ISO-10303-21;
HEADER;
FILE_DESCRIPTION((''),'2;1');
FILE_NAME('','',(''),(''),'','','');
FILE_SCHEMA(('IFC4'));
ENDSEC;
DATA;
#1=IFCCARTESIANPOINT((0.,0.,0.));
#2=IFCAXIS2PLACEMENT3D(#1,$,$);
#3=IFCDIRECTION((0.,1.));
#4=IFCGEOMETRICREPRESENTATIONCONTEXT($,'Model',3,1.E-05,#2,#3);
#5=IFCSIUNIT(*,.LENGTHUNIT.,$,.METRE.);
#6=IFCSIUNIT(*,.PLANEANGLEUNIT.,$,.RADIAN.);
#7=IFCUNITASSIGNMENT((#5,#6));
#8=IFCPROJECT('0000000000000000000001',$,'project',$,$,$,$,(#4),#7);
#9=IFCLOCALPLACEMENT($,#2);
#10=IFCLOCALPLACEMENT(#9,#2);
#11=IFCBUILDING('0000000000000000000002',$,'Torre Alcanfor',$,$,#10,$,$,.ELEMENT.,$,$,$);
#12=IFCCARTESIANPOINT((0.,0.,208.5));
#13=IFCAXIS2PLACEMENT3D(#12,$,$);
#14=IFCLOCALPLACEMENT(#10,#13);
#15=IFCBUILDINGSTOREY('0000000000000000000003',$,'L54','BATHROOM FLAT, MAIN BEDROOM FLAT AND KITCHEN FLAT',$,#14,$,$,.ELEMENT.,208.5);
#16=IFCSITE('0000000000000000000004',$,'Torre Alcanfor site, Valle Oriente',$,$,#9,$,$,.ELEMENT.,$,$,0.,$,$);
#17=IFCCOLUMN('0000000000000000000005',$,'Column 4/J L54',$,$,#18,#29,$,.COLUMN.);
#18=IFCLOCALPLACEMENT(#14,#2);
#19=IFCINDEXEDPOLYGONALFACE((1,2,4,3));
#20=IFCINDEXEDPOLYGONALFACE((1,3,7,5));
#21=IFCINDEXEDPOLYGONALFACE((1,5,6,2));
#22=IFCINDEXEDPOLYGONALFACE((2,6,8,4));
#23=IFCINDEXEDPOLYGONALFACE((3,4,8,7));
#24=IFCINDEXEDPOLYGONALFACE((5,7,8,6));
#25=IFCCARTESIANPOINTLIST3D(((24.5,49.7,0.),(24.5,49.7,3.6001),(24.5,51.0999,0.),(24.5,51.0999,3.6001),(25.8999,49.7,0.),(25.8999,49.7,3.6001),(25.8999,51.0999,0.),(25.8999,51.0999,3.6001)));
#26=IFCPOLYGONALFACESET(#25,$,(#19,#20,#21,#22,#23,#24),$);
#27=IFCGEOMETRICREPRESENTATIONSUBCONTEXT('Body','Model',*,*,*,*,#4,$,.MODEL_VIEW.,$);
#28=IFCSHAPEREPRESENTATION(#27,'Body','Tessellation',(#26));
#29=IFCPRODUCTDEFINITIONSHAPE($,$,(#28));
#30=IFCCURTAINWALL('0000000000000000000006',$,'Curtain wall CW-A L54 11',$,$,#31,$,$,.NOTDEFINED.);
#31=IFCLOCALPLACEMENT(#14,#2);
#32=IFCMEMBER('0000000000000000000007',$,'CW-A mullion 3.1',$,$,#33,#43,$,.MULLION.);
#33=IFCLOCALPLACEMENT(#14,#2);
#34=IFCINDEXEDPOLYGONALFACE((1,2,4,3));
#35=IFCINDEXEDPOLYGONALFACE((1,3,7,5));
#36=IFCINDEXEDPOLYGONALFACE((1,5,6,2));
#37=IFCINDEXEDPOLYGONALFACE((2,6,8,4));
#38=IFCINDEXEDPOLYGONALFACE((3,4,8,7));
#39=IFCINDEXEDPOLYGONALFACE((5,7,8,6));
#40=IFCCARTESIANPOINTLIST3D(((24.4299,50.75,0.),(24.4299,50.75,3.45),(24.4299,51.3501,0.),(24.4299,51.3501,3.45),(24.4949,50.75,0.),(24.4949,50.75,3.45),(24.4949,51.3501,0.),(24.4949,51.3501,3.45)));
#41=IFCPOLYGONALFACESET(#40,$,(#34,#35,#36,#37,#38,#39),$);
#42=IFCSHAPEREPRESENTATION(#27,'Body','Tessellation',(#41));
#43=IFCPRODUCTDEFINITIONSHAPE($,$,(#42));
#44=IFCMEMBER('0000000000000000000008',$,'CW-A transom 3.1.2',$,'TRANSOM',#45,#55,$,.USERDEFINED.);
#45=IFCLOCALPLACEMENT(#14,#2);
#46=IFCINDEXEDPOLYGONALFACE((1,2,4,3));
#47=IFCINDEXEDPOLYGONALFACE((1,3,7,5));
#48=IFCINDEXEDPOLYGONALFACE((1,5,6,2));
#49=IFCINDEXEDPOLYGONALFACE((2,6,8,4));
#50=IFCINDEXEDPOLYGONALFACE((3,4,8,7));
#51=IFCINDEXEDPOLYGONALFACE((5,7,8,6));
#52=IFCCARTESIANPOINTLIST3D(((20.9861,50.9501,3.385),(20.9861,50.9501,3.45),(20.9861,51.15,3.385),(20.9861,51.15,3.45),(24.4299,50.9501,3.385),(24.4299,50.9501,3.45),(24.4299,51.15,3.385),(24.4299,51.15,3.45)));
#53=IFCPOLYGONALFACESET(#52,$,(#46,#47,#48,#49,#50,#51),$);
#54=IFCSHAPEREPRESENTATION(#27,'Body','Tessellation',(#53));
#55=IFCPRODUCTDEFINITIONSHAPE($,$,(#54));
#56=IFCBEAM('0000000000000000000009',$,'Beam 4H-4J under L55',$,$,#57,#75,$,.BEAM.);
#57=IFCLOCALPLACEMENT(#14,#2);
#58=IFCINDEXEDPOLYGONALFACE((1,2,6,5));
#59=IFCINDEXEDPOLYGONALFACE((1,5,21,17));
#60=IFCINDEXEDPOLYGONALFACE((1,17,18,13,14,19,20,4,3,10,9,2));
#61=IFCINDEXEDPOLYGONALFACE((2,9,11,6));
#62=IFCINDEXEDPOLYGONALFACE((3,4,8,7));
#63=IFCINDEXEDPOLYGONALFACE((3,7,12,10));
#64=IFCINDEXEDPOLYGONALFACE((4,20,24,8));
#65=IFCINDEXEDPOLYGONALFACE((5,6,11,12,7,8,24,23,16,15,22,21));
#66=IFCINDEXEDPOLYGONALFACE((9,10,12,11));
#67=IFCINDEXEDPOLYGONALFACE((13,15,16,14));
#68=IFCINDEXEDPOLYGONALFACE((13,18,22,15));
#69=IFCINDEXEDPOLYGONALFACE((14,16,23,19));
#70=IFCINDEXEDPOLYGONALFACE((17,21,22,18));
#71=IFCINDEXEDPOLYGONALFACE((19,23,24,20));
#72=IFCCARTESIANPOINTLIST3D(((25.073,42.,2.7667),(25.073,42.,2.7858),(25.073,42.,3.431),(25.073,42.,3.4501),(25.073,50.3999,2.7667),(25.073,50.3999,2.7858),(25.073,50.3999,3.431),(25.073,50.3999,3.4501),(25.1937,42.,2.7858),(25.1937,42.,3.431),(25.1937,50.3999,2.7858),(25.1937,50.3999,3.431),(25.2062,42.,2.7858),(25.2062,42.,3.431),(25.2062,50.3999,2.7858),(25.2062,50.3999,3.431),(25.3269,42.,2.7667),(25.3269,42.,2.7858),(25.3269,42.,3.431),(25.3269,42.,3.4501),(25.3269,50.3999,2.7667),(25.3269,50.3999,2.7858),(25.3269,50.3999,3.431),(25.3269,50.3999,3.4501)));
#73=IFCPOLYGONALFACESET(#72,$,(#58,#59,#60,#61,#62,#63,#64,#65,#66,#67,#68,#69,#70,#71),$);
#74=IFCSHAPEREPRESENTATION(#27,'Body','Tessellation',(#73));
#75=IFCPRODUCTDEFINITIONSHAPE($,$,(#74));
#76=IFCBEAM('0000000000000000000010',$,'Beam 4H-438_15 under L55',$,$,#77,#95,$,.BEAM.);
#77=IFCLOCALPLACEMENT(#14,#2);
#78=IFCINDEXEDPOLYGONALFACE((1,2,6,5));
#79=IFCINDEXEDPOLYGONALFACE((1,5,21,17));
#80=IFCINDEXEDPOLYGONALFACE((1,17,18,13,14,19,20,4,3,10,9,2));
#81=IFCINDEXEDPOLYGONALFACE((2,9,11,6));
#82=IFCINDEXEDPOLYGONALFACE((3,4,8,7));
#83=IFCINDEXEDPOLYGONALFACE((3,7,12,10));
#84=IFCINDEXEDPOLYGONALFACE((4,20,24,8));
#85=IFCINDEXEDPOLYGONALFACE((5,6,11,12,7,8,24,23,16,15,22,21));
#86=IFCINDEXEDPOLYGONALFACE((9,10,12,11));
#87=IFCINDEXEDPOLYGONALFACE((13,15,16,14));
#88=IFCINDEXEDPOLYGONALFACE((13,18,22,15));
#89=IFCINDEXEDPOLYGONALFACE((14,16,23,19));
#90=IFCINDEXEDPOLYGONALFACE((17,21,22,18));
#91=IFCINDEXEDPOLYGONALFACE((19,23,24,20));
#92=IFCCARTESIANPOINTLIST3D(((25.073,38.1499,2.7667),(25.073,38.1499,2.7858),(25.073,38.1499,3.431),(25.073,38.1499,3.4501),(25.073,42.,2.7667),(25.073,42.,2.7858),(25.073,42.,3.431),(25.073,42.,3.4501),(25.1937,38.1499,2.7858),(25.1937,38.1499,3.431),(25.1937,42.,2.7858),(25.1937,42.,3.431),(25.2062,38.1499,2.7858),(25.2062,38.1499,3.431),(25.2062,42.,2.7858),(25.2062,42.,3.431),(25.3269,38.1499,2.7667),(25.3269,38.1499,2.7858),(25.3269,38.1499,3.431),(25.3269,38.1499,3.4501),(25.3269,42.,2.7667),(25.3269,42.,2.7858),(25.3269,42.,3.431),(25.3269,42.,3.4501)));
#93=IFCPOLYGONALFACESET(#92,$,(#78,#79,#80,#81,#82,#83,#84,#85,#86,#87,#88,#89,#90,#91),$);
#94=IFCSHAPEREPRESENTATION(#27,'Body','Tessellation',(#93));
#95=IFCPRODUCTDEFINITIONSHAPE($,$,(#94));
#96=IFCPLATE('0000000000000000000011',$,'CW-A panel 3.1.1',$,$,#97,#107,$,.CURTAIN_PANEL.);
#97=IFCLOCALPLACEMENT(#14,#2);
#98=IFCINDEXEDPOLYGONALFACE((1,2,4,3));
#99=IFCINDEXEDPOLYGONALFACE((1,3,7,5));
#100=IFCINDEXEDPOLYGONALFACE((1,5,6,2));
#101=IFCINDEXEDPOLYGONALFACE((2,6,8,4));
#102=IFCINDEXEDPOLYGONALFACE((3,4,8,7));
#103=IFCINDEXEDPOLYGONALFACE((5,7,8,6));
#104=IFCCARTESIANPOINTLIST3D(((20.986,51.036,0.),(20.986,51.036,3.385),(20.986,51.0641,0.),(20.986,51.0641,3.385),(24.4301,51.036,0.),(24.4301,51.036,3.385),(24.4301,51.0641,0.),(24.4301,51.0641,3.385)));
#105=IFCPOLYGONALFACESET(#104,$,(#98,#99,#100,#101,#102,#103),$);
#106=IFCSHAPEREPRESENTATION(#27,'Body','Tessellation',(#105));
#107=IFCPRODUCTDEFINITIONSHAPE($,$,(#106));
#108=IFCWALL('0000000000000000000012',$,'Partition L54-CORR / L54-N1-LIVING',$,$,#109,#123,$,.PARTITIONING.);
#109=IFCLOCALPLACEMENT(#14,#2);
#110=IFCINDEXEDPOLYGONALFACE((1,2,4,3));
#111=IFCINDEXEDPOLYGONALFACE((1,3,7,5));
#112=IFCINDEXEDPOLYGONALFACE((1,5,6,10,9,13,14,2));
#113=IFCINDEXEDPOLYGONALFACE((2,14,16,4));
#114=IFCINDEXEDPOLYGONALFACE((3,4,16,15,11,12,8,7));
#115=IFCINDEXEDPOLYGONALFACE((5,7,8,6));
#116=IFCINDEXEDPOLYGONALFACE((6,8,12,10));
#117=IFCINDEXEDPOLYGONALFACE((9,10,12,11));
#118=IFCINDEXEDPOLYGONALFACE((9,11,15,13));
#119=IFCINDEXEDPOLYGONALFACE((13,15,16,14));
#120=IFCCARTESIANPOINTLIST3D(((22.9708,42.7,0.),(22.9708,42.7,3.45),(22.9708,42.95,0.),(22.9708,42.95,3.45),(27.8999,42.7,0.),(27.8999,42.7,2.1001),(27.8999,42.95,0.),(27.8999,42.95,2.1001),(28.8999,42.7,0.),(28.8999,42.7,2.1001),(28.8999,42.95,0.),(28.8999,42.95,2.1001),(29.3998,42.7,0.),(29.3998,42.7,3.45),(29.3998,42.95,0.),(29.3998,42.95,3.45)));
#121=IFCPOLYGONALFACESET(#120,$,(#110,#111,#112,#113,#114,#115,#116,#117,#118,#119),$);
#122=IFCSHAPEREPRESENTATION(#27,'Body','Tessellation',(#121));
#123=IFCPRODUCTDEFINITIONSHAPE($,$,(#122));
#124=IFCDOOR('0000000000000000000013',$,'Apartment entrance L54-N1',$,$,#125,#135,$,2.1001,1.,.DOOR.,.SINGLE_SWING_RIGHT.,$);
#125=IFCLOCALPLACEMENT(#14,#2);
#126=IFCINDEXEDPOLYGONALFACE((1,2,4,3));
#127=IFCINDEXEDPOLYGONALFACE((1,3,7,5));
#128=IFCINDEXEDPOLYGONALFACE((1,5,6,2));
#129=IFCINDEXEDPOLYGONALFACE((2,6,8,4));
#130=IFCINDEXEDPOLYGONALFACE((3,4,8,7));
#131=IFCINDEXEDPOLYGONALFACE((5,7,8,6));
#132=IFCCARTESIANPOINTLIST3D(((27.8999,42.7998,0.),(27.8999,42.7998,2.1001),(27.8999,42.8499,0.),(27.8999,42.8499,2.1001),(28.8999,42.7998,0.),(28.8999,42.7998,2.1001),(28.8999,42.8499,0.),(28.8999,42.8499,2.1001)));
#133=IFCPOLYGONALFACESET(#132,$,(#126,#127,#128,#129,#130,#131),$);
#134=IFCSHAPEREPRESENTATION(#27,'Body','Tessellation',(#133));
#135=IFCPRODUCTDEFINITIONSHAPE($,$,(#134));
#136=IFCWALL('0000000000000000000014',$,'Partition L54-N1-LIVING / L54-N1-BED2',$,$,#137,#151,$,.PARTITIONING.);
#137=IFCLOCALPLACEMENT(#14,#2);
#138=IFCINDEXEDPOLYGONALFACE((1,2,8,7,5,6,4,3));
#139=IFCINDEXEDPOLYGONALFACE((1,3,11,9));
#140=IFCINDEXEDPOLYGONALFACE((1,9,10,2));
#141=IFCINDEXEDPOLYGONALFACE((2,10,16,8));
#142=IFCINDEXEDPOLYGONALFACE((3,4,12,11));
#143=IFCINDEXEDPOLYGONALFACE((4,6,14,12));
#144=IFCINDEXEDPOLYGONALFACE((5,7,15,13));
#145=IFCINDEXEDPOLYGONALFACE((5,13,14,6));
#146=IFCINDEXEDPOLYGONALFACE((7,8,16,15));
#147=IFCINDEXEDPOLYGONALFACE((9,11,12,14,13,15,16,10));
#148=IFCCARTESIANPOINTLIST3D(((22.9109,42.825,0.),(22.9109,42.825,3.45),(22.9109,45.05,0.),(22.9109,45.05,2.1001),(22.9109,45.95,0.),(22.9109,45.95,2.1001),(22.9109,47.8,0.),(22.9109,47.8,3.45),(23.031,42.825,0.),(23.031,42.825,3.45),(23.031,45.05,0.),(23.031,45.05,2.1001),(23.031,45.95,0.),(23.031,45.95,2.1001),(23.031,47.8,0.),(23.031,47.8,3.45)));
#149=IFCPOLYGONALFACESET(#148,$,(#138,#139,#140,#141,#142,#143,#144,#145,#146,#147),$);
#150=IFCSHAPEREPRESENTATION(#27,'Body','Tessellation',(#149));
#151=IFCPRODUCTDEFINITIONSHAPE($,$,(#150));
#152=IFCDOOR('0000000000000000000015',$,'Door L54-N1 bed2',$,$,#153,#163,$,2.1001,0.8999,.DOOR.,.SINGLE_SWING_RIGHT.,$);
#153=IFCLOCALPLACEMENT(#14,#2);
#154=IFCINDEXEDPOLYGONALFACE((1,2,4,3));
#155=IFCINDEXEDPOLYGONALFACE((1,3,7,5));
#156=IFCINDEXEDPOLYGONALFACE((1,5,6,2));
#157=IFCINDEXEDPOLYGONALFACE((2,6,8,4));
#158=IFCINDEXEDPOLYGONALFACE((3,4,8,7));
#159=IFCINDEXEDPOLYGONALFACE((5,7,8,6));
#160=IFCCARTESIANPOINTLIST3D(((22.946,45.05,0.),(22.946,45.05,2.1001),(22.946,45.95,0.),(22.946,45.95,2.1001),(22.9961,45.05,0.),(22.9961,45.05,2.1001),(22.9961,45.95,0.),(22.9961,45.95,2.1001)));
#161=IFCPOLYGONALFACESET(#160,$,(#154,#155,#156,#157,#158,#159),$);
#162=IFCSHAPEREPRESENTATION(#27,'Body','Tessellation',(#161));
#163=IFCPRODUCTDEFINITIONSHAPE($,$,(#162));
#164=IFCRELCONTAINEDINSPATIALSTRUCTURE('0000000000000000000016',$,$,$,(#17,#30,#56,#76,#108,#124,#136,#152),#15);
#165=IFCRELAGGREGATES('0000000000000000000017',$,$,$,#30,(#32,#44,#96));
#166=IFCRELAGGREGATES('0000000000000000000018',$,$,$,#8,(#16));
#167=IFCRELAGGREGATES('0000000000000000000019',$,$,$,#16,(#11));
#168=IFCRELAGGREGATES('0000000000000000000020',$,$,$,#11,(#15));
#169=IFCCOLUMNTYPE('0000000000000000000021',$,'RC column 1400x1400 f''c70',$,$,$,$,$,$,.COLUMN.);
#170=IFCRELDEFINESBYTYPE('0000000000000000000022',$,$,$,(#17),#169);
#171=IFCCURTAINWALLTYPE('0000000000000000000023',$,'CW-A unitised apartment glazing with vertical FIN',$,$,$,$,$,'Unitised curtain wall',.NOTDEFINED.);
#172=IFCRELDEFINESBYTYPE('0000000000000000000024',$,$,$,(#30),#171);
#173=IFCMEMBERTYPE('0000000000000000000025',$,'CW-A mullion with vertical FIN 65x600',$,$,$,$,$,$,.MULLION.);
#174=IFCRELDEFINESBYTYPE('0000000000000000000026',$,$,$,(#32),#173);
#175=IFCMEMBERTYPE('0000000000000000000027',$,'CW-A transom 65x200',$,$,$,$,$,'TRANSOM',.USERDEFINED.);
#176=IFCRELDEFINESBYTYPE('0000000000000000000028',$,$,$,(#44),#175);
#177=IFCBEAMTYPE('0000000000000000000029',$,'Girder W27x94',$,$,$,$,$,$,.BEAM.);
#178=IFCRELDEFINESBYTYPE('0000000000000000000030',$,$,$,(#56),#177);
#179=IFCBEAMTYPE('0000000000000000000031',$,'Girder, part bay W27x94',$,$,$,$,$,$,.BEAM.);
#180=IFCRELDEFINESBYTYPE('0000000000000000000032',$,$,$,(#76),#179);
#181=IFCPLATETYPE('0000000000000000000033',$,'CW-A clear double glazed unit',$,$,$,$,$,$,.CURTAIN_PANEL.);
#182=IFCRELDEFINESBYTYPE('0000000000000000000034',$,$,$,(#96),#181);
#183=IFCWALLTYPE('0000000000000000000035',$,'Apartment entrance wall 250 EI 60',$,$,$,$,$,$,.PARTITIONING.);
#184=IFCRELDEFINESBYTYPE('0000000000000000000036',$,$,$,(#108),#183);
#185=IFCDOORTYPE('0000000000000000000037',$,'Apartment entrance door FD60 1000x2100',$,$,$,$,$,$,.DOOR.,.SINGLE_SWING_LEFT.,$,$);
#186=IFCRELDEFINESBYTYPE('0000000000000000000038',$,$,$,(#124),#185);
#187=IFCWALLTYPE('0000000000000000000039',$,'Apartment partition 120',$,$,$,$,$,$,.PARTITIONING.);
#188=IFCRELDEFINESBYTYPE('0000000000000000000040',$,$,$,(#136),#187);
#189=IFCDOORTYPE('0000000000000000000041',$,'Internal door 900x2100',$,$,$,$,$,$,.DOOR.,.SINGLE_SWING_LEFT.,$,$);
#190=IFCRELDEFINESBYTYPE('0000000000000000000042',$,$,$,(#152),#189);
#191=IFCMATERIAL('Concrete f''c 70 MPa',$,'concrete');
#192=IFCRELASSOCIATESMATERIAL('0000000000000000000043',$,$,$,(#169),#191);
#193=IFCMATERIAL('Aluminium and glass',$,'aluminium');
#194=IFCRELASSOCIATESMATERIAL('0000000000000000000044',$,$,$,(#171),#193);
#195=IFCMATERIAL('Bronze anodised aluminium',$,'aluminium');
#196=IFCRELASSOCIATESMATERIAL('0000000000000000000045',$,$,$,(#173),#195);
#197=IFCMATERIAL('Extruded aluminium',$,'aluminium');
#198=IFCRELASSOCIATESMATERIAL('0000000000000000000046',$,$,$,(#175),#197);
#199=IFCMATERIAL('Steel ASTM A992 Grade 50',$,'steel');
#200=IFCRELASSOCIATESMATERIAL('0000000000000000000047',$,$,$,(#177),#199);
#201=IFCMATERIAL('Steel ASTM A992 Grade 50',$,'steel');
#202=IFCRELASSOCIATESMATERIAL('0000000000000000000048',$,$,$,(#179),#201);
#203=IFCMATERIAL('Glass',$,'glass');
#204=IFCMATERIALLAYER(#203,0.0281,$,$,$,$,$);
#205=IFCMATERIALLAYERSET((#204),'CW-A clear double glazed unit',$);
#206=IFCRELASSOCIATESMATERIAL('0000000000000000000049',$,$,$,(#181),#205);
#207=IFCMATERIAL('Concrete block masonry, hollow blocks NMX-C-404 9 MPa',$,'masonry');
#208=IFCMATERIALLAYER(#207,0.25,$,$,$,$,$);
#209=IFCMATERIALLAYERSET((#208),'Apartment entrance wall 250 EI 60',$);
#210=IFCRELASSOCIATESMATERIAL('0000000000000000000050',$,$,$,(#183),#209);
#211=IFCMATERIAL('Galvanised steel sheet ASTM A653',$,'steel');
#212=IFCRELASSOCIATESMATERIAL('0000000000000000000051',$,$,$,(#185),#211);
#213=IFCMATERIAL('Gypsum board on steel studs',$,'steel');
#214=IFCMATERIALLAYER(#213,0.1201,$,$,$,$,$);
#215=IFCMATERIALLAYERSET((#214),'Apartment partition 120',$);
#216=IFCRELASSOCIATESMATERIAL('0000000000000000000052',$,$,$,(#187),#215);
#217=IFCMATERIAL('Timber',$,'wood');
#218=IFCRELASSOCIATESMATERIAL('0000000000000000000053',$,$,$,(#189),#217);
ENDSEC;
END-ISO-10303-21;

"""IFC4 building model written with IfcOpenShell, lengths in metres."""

from ifc_helpers import new_model, si_unit, direction, frame, frame_2d, origin, origin_2d, place, context, subcontext, project, spatial, rectangle, i_section, extrude, material, layer, layer_set, material_profile, profile_set, type_object, element, fill, aggregate, save


model = new_model("IFC4")

# Units and contexts
model_context = context("Model", 3, precision=1e-05, world=origin(), true_north=direction((0.0, 1.0)))
body_context = subcontext(model_context, "Body", "Model", "MODEL_VIEW")
ifc_project = project(units=[si_unit("LENGTHUNIT", "METRE"), si_unit("PLANEANGLEUNIT", "RADIAN")], contexts=[model_context])

# Site, building, storey
site_placement = place(None, origin())
site = spatial("IfcSite", under=ifc_project, at=site_placement, Name="Torre Alcanfor site, Valle Oriente", CompositionType="ELEMENT", RefElevation=0.0)
building_placement = place(site_placement, origin())
building = spatial("IfcBuilding", under=site, at=building_placement, Name="Torre Alcanfor", CompositionType="ELEMENT")
storey_placement = place(building_placement, frame((0.0, 0.0, 208.5)))
storey = spatial("IfcBuildingStorey", under=building, at=storey_placement, Name="L54", Description="BATHROOM FLAT, MAIN BEDROOM FLAT AND KITCHEN FLAT", CompositionType="ELEMENT", Elevation=208.5)

# Column
ifc_material_1 = material(Name="Concrete f'c 70 MPa", Category="concrete")
ifc_material_profile_1 = material_profile(ifc_material_1, rectangle(XDim=1.3999, YDim=1.3999, at=origin_2d()), Name="1400x1400")
ifc_profile_set_1 = profile_set([ifc_material_profile_1], Name="Concrete f'c 70 MPa")
column_type = type_object("IfcColumnType", Name="RC column 1400x1400 f'c70", PredefinedType="COLUMN", material=ifc_profile_set_1)
column_placement = place(storey_placement, frame((25.2, 50.3999, 0.0), z_axis=(0.0, 0.0, 1.0), x_axis=(1.0, 0.0, 0.0)))
element("IfcColumn", 1, at=column_placement, inside=storey, type_object=column_type, Name="Column 4/J L54", PredefinedType="COLUMN", context=body_context, shape_type="SweptSolid", body=[
    extrude(rectangle(XDim=1.3999, YDim=1.3999, at=origin_2d()), origin(), (0.0, 0.0, 1.0), 3.6001),
])

# Curtain wall, members
ifc_material_2 = material(Name="Aluminium and glass", Category="aluminium")
curtain_wall_type = type_object("IfcCurtainWallType", Name="CW-A unitised apartment glazing with vertical FIN", ElementType="Unitised curtain wall", PredefinedType="NOTDEFINED", material=ifc_material_2)
curtain_wall_placement = place(storey_placement, origin())
curtain_wall = element("IfcCurtainWall", 2, at=curtain_wall_placement, inside=storey, type_object=curtain_wall_type, Name="Curtain wall CW-A L54 11", PredefinedType="NOTDEFINED")
ifc_material_3 = material(Name="Bronze anodised aluminium", Category="aluminium")
ifc_material_profile_2 = material_profile(ifc_material_3, rectangle(XDim=0.6001, YDim=0.0649, at=origin_2d()), Name="CW-A mullion 65x600")
ifc_profile_set_2 = profile_set([ifc_material_profile_2], Name="Bronze anodised aluminium")
member_type_1 = type_object("IfcMemberType", Name="CW-A mullion with vertical FIN 65x600", PredefinedType="MULLION", material=ifc_profile_set_2)
member_1_placement = place(storey_placement, frame((24.4624, 51.05, 0.0), z_axis=(0.0, 0.0, 1.0), x_axis=(0.0, -1.0, 0.0)))
member_1 = element("IfcMember", 3, at=member_1_placement, type_object=member_type_1, Name="CW-A mullion 3.1", PredefinedType="MULLION", context=body_context, shape_type="SweptSolid", body=[
    extrude(rectangle(XDim=0.6001, YDim=0.0649, at=origin_2d()), origin(), (0.0, 0.0, 1.0), 3.45),
])
ifc_material_4 = material(Name="Extruded aluminium", Category="aluminium")
ifc_material_profile_3 = material_profile(ifc_material_4, rectangle(XDim=0.2, YDim=0.0649, at=origin_2d()), Name="CW-A transom 200x65")
ifc_profile_set_3 = profile_set([ifc_material_profile_3], Name="Extruded aluminium")
member_type_2 = type_object("IfcMemberType", Name="CW-A transom 65x200", ElementType="TRANSOM", PredefinedType="USERDEFINED", material=ifc_profile_set_3)
member_2_placement = place(storey_placement, frame((24.4299, 51.05, 3.4175), z_axis=(-1.0, 0.0, 0.0), x_axis=(0.0, -1.0, 0.0)))
member_2 = element("IfcMember", 4, at=member_2_placement, type_object=member_type_2, Name="CW-A transom 3.1.2", ObjectType="TRANSOM", PredefinedType="USERDEFINED", context=body_context, shape_type="SweptSolid", body=[
    extrude(rectangle(XDim=0.2, YDim=0.0649, at=origin_2d()), origin(), (0.0, 0.0, 1.0), 3.4438),
])

# Beams
ifc_material_5 = material(Name="Steel ASTM A992 Grade 50", Category="steel")
ifc_material_profile_4 = material_profile(ifc_material_5, i_section(OverallWidth=0.2539, OverallDepth=0.6833, WebThickness=0.0125, FlangeThickness=0.019, at=origin_2d()), Name="W27x94")
ifc_profile_set_4 = profile_set([ifc_material_profile_4], Name="Steel ASTM A992 Grade 50")
beam_type_1 = type_object("IfcBeamType", Name="Girder W27x94", PredefinedType="BEAM", material=ifc_profile_set_4)
beam_1_placement = place(storey_placement, frame((25.2, 42.0, 3.1084), z_axis=(0.0, 1.0, 0.0), x_axis=(-1.0, 0.0, 0.0)))
element("IfcBeam", 5, at=beam_1_placement, inside=storey, type_object=beam_type_1, Name="Beam 4H-4J under L55", PredefinedType="BEAM", context=body_context, shape_type="SweptSolid", body=[
    extrude(i_section(OverallWidth=0.2539, OverallDepth=0.6833, WebThickness=0.0125, FlangeThickness=0.019, at=origin_2d()), origin(), (0.0, 0.0, 1.0), 8.3999),
])
ifc_material_6 = material(Name="Steel ASTM A992 Grade 50", Category="steel")
ifc_material_profile_5 = material_profile(ifc_material_6, i_section(OverallWidth=0.2539, OverallDepth=0.6833, WebThickness=0.0125, FlangeThickness=0.019, at=origin_2d()), Name="W27x94")
ifc_profile_set_5 = profile_set([ifc_material_profile_5], Name="Steel ASTM A992 Grade 50")
beam_type_2 = type_object("IfcBeamType", Name="Girder, part bay W27x94", PredefinedType="BEAM", material=ifc_profile_set_5)
beam_2_placement = place(storey_placement, frame((25.2, 42.0, 3.1084), z_axis=(0.0, -1.0, 0.0), x_axis=(1.0, 0.0, 0.0)))
element("IfcBeam", 6, at=beam_2_placement, inside=storey, type_object=beam_type_2, Name="Beam 4H-438_15 under L55", PredefinedType="BEAM", context=body_context, shape_type="SweptSolid", body=[
    extrude(i_section(OverallWidth=0.2539, OverallDepth=0.6833, WebThickness=0.0125, FlangeThickness=0.019, at=origin_2d()), origin(), (0.0, 0.0, 1.0), 3.8501),
])

# Plate
ifc_material_7 = material(Name="Glass", Category="glass")
ifc_layer_1 = layer(ifc_material_7, 0.0281)
ifc_layer_set_1 = layer_set([ifc_layer_1], Name="CW-A clear double glazed unit")
plate_type = type_object("IfcPlateType", Name="CW-A clear double glazed unit", PredefinedType="CURTAIN_PANEL", material=ifc_layer_set_1)
plate_placement = place(storey_placement, frame((22.708, 51.05, 0.0), z_axis=(0.0, 0.0, 1.0), x_axis=(-1.0, 0.0, 0.0)))
plate = element("IfcPlate", 7, at=plate_placement, type_object=plate_type, Name="CW-A panel 3.1.1", PredefinedType="CURTAIN_PANEL", context=body_context, shape_type="SweptSolid", body=[
    extrude(rectangle(XDim=3.4441, YDim=0.0281, at=origin_2d()), origin(), (0.0, 0.0, 1.0), 3.385),
])
aggregate(curtain_wall, [member_1, member_2, plate])

# Walls, openings, doors
ifc_material_8 = material(Name="Concrete block masonry, hollow blocks NMX-C-404 9 MPa", Category="masonry")
ifc_layer_2 = layer(ifc_material_8, 0.25)
ifc_layer_set_2 = layer_set([ifc_layer_2], Name="Apartment entrance wall 250 EI 60")
wall_type_1 = type_object("IfcWallType", Name="Apartment entrance wall 250 EI 60", PredefinedType="PARTITIONING", material=ifc_layer_set_2)
wall_1_placement = place(storey_placement, frame((22.9709, 42.825, 0.0), z_axis=(0.0, 0.0, 1.0), x_axis=(1.0, 0.0, 0.0)))
wall_1 = element("IfcWall", 8, at=wall_1_placement, inside=storey, type_object=wall_type_1, Name="Partition L54-CORR / L54-N1-LIVING", PredefinedType="PARTITIONING", context=body_context, shape_type="SweptSolid", body=[
    extrude(rectangle(XDim=6.429, YDim=0.25, at=frame_2d((3.2144, 0.0))), origin(), (0.0, 0.0, 1.0), 3.45),
])
opening_1_placement = place(wall_1_placement, frame((4.929, 0.0, 0.0)))
opening_1 = element("IfcOpeningElement", 9, at=opening_1_placement, cuts=wall_1, PredefinedType="OPENING", context=body_context, shape_type="SweptSolid", body=[
    extrude(rectangle(XDim=1.0, YDim=2.1001, at=frame_2d((0.5, 1.05))), frame((0.0, 0.135, 0.0), z_axis=(0.0, -1.0, 0.0), x_axis=(1.0, 0.0, 0.0)), (0.0, 0.0, 1.0), 0.27),
])
ifc_material_9 = material(Name="Galvanised steel sheet ASTM A653", Category="steel")
door_type_1 = type_object("IfcDoorType", Name="Apartment entrance door FD60 1000x2100", OperationType="SINGLE_SWING_LEFT", PredefinedType="DOOR", material=ifc_material_9)
door_1_placement = place(opening_1_placement, origin())
door_1 = element("IfcDoor", 10, at=door_1_placement, inside=storey, type_object=door_type_1, Name="Apartment entrance L54-N1", OperationType="SINGLE_SWING_RIGHT", OverallHeight=2.1001, OverallWidth=1.0, PredefinedType="DOOR", context=body_context, shape_type="SweptSolid", body=[
    extrude(rectangle(XDim=1.0, YDim=2.1001, at=frame_2d((0.5, 1.05))), frame((0.0, 0.0249, 0.0), z_axis=(0.0, -1.0, 0.0), x_axis=(1.0, 0.0, 0.0)), (0.0, 0.0, 1.0), 0.05),
])
fill(opening_1, door_1)
ifc_material_10 = material(Name="Gypsum board on steel studs", Category="steel")
ifc_layer_3 = layer(ifc_material_10, 0.1201)
ifc_layer_set_3 = layer_set([ifc_layer_3], Name="Apartment partition 120")
wall_type_2 = type_object("IfcWallType", Name="Apartment partition 120", PredefinedType="PARTITIONING", material=ifc_layer_set_3)
wall_2_placement = place(storey_placement, frame((22.9709, 42.825, 0.0), z_axis=(0.0, 0.0, 1.0), x_axis=(0.0, 1.0, 0.0)))
wall_2 = element("IfcWall", 11, at=wall_2_placement, inside=storey, type_object=wall_type_2, Name="Partition L54-N1-LIVING / L54-N1-BED2", PredefinedType="PARTITIONING", context=body_context, shape_type="SweptSolid", body=[
    extrude(rectangle(XDim=4.9751, YDim=0.1201, at=frame_2d((2.4875, 0.0))), origin(), (0.0, 0.0, 1.0), 3.45),
])
opening_2_placement = place(wall_2_placement, frame((2.2251, 0.0, 0.0)))
opening_2 = element("IfcOpeningElement", 12, at=opening_2_placement, cuts=wall_2, PredefinedType="OPENING", context=body_context, shape_type="SweptSolid", body=[
    extrude(rectangle(XDim=0.8999, YDim=2.1001, at=frame_2d((0.45, 1.05))), frame((0.0, 0.0701, 0.0), z_axis=(0.0, -1.0, 0.0), x_axis=(1.0, 0.0, 0.0)), (0.0, 0.0, 1.0), 0.1401),
])
ifc_material_11 = material(Name="Timber", Category="wood")
door_type_2 = type_object("IfcDoorType", Name="Internal door 900x2100", OperationType="SINGLE_SWING_LEFT", PredefinedType="DOOR", material=ifc_material_11)
door_2_placement = place(opening_2_placement, origin())
door_2 = element("IfcDoor", 13, at=door_2_placement, inside=storey, type_object=door_type_2, Name="Door L54-N1 bed2", OperationType="SINGLE_SWING_RIGHT", OverallHeight=2.1001, OverallWidth=0.8999, PredefinedType="DOOR", context=body_context, shape_type="SweptSolid", body=[
    extrude(rectangle(XDim=0.8999, YDim=2.1001, at=frame_2d((0.45, 1.05))), frame((0.0, 0.0249, 0.0), z_axis=(0.0, -1.0, 0.0), x_axis=(1.0, 0.0, 0.0)), (0.0, 0.0, 1.0), 0.05),
])
fill(opening_2, door_2)

save(model, "model.ifc")
